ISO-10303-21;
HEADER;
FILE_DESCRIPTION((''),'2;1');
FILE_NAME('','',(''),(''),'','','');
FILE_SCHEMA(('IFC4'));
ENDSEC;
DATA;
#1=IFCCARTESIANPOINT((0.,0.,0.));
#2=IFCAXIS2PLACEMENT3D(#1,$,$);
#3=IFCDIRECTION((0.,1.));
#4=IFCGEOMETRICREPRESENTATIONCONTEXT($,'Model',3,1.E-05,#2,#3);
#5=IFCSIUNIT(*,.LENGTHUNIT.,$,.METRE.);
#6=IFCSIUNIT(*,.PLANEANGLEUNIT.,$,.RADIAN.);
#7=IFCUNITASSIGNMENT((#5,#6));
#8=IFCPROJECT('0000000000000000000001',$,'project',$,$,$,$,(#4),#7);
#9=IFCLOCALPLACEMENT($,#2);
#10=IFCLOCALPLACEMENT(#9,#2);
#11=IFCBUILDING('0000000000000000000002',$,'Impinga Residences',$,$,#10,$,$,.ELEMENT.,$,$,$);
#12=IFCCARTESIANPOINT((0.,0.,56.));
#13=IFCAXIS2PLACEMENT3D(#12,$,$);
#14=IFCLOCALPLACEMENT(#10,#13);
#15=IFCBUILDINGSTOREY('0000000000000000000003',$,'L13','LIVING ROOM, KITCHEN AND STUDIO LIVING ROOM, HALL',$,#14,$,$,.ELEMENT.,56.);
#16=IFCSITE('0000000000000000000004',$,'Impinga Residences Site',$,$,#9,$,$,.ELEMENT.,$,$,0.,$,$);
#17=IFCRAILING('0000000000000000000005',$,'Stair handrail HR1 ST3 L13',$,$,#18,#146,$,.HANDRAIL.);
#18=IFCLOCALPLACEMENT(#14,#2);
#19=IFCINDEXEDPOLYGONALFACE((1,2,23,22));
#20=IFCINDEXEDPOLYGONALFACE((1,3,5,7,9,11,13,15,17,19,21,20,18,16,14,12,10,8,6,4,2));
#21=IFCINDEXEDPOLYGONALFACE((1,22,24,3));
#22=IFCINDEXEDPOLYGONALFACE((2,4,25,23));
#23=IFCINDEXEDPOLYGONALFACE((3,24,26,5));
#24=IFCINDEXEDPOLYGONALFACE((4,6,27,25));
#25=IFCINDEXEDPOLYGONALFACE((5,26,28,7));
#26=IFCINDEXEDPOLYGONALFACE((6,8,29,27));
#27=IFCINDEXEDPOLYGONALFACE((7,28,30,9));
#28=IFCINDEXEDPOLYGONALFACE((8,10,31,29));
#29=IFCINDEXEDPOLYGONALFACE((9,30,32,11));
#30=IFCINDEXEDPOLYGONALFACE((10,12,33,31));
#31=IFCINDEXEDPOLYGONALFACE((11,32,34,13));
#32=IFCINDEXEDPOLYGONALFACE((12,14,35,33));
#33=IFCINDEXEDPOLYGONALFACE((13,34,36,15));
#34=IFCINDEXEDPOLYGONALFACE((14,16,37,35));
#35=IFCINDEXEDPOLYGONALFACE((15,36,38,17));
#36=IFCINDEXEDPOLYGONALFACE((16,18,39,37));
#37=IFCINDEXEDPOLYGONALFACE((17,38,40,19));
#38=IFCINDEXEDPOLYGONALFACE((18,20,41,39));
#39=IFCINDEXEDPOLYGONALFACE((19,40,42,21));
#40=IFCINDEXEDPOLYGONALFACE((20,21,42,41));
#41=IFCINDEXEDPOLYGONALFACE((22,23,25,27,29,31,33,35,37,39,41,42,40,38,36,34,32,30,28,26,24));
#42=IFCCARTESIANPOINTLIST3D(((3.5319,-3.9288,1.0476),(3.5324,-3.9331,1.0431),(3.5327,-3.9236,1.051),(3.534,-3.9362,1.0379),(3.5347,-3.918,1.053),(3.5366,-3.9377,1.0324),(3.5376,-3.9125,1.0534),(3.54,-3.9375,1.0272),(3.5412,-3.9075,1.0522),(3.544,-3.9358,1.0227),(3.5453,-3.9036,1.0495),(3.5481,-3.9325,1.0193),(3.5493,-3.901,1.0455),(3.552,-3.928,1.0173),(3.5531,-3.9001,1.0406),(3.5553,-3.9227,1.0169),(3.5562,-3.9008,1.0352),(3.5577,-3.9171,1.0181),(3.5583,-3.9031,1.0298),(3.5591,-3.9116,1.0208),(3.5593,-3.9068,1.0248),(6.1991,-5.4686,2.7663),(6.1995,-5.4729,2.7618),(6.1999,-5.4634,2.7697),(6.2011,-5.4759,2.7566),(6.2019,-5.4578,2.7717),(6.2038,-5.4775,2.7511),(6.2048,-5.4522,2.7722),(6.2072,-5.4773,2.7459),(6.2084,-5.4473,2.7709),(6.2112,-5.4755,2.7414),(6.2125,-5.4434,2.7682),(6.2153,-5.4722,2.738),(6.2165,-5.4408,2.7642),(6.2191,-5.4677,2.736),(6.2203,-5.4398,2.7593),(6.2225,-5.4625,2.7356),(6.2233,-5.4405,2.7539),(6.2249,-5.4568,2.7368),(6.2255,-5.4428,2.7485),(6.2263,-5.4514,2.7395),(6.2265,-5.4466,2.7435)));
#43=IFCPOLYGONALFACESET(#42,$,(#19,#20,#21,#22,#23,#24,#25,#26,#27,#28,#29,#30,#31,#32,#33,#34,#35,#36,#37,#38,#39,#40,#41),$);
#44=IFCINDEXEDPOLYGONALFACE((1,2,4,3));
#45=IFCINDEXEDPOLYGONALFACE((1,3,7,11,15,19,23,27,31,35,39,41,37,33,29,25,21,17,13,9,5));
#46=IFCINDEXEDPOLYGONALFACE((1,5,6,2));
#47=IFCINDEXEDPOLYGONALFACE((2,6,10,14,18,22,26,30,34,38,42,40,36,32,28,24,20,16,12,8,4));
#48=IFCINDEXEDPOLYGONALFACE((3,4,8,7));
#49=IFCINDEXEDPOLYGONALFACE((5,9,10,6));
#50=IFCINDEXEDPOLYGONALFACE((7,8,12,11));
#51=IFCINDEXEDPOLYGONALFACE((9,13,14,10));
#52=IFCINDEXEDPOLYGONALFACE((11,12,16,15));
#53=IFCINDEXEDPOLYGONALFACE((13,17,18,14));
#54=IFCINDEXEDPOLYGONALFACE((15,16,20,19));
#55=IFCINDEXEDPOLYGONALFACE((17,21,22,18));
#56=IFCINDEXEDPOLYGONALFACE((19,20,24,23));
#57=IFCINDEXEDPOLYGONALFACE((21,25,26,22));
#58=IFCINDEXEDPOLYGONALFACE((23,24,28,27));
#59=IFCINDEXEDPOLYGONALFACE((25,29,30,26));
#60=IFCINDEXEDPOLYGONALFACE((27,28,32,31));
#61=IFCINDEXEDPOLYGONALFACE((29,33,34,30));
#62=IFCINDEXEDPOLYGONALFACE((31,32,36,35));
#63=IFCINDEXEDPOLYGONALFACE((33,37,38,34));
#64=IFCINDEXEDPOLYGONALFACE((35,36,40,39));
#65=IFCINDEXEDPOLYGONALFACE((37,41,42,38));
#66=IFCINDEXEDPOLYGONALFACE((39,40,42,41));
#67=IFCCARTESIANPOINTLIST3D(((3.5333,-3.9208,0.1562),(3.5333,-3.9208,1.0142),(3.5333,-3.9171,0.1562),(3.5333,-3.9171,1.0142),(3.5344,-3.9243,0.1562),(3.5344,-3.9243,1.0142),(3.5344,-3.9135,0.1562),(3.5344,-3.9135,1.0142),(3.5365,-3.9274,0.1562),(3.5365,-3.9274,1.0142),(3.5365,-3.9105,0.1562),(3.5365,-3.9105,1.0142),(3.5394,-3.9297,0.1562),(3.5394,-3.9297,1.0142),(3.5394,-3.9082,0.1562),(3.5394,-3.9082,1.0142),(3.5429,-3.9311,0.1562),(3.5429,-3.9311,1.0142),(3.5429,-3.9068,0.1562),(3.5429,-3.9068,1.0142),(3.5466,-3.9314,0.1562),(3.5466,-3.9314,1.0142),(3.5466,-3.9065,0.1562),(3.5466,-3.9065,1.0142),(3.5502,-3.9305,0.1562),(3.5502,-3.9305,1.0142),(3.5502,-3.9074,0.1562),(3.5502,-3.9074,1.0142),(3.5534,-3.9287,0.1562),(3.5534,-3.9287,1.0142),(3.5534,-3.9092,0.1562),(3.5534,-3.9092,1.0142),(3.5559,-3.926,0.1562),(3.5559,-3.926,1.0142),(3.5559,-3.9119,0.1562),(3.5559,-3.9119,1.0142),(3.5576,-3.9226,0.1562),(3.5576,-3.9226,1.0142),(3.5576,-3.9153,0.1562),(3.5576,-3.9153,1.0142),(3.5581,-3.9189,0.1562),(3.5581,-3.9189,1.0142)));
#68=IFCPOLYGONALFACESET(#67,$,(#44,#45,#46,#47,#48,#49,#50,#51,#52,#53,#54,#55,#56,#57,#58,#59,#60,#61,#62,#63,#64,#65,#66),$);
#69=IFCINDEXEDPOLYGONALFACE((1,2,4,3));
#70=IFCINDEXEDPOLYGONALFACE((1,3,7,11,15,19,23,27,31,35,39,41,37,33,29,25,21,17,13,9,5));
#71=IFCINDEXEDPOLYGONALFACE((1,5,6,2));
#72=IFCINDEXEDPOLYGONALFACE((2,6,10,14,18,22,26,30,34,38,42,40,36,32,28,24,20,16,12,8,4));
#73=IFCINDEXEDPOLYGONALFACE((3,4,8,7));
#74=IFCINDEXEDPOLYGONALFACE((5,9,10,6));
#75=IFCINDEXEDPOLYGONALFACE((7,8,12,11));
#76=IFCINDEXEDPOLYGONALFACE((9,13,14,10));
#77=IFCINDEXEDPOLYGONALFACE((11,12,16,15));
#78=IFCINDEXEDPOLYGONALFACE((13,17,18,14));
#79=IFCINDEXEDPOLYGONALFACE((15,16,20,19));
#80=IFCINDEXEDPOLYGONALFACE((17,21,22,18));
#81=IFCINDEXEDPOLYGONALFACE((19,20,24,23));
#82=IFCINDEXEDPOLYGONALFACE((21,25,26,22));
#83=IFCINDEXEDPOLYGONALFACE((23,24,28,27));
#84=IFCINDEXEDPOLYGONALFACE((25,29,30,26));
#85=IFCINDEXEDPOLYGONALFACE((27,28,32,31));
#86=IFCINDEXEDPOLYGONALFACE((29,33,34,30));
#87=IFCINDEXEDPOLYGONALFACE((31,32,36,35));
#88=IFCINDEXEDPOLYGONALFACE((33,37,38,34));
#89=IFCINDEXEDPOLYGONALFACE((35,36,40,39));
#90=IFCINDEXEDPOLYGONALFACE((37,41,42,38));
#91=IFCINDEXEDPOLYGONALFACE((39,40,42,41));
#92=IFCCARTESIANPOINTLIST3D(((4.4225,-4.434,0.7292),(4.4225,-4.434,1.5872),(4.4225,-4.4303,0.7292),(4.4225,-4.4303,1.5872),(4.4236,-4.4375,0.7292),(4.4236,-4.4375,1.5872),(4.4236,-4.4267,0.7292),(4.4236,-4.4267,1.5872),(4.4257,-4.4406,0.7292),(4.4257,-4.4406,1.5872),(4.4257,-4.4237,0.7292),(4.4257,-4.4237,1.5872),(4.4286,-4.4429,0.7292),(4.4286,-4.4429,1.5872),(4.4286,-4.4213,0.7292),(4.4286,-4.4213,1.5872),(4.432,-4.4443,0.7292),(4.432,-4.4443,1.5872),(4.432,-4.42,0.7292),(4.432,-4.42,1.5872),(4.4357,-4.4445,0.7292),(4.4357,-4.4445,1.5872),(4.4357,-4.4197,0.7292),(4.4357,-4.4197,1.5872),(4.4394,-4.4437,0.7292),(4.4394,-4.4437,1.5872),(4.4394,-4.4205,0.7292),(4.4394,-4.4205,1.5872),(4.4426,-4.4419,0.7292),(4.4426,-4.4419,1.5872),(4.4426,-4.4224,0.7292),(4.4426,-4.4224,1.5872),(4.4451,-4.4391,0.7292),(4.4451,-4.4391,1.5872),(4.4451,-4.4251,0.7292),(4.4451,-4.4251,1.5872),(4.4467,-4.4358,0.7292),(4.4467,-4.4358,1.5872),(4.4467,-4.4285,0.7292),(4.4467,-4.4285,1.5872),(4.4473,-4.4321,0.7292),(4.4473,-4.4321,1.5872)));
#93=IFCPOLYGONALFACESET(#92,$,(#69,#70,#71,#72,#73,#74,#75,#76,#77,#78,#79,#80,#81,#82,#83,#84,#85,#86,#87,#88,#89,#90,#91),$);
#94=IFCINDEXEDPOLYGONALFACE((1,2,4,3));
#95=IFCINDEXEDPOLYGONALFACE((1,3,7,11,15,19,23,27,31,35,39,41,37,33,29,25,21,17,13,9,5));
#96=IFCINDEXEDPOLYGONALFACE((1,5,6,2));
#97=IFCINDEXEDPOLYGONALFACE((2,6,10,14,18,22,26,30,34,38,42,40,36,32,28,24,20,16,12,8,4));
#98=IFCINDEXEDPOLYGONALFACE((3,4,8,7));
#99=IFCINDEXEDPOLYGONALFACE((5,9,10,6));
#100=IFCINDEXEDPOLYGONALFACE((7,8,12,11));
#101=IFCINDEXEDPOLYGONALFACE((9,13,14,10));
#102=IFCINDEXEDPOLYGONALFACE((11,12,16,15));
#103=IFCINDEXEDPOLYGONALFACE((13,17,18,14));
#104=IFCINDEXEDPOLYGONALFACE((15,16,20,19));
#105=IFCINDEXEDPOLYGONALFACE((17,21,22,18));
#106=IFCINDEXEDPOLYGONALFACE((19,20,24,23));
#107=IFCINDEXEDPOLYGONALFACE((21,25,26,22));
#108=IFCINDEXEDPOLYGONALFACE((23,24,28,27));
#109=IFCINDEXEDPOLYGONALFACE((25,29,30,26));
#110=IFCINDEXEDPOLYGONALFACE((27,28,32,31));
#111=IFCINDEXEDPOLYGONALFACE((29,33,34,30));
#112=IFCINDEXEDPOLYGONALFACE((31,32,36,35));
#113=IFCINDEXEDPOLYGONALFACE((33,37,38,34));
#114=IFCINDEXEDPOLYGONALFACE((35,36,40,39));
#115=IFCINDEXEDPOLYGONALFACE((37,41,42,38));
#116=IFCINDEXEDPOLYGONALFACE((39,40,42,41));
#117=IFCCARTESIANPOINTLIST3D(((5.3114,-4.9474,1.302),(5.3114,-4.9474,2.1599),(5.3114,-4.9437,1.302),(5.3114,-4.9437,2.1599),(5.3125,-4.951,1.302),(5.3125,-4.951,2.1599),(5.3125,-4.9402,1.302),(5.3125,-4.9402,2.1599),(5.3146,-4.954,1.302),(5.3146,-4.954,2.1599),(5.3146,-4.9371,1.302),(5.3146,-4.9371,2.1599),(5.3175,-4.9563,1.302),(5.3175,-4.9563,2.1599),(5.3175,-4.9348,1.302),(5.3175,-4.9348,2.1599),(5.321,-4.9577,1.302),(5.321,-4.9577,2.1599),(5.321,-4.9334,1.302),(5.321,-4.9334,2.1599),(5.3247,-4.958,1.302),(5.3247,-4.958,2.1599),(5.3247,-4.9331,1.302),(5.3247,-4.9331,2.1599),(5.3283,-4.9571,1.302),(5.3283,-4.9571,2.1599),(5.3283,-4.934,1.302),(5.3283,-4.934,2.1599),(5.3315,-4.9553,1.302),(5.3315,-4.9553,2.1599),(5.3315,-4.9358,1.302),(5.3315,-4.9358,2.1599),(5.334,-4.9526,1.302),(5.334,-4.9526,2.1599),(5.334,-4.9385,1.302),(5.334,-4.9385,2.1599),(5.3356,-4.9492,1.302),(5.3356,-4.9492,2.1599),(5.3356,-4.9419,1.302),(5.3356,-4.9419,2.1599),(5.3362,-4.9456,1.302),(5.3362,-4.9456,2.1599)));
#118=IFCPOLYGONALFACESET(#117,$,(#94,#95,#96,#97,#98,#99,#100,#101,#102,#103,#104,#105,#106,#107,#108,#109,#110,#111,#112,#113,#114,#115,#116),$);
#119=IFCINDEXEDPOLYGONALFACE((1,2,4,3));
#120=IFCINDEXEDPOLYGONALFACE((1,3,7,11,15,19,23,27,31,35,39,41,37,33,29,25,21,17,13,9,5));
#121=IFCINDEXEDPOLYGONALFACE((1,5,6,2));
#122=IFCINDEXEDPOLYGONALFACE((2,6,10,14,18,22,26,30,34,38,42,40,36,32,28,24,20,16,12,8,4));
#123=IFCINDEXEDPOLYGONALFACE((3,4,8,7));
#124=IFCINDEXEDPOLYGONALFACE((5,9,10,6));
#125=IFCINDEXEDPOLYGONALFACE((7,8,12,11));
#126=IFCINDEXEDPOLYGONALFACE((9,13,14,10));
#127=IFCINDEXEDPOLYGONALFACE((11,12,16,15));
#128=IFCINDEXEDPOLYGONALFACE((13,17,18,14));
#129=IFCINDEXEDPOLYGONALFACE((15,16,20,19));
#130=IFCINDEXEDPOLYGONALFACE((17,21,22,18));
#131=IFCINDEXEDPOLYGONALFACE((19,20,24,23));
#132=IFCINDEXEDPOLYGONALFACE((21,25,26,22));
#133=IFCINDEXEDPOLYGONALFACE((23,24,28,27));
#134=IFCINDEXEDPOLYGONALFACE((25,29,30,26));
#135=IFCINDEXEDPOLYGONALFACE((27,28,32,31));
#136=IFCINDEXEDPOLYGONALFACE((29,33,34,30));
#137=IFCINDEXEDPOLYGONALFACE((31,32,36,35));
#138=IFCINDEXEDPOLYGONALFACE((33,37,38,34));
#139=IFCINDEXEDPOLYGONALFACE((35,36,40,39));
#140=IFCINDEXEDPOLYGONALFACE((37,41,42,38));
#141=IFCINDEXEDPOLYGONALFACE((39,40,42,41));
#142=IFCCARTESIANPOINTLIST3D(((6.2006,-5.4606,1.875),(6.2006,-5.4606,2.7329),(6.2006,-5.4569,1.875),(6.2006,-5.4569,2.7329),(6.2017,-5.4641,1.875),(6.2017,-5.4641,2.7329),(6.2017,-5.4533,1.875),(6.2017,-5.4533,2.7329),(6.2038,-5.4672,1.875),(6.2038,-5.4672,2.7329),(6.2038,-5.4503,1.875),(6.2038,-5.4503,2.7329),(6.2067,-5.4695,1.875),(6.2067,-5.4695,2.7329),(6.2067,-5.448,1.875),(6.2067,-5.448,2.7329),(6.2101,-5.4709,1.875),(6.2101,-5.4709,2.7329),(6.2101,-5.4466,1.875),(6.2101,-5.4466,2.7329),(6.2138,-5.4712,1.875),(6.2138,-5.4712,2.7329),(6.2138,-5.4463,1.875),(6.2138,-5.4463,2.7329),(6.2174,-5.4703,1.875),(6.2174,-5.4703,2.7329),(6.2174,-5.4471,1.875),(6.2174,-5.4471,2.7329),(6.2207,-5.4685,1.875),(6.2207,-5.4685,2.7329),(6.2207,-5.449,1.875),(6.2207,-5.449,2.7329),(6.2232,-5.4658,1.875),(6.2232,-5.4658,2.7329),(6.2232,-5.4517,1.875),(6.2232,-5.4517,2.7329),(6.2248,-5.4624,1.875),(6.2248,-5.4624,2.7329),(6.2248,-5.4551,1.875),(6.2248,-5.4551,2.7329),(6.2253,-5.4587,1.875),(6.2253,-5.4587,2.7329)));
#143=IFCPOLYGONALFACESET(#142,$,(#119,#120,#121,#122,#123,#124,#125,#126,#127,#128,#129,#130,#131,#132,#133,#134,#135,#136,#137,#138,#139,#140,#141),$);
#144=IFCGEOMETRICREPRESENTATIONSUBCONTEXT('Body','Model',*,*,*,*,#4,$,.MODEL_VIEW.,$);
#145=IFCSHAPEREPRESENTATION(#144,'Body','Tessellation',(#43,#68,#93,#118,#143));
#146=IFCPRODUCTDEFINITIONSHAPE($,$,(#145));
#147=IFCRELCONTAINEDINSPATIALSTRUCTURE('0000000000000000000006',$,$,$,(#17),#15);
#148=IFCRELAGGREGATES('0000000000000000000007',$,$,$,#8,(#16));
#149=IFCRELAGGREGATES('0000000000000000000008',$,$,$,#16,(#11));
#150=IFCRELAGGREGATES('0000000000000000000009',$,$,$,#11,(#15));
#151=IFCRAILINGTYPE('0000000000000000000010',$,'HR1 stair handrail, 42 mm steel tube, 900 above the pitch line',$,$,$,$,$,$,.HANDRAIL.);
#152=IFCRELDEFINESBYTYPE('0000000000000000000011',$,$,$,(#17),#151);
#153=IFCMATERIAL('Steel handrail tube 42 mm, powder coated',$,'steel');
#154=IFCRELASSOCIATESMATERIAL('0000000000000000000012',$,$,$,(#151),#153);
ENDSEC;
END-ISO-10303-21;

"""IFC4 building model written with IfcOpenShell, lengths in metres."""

from ifc_helpers import new_model, si_unit, direction, frame, origin, origin_2d, place, context, subcontext, project, spatial, circle, extrude, material, type_object, element, save


model = new_model("IFC4")

# Units and contexts
model_context = context("Model", 3, precision=1e-05, world=origin(), true_north=direction((0.0, 1.0)))
body_context = subcontext(model_context, "Body", "Model", "MODEL_VIEW")
ifc_project = project(units=[si_unit("LENGTHUNIT", "METRE"), si_unit("PLANEANGLEUNIT", "RADIAN")], contexts=[model_context])

# Site, building, storey
site_placement = place(None, origin())
site = spatial("IfcSite", under=ifc_project, at=site_placement, Name="Impinga Residences Site", CompositionType="ELEMENT", RefElevation=0.0)
building_placement = place(site_placement, origin())
building = spatial("IfcBuilding", under=site, at=building_placement, Name="Impinga Residences", CompositionType="ELEMENT")
storey_placement = place(building_placement, frame((0.0, 0.0, 56.0)))
storey = spatial("IfcBuildingStorey", under=building, at=storey_placement, Name="L13", Description="LIVING ROOM, KITCHEN AND STUDIO LIVING ROOM, HALL", CompositionType="ELEMENT", Elevation=56.0)

# Railing
ifc_material_1 = material(Name="Steel handrail tube 42 mm, powder coated", Category="steel")
railing_type = type_object("IfcRailingType", Name="HR1 stair handrail, 42 mm steel tube, 900 above the pitch line", PredefinedType="HANDRAIL", material=ifc_material_1)
railing_placement = place(storey_placement, frame((3.5457, -3.9189, 0.1562)))
element("IfcRailing", 1, at=railing_placement, inside=storey, type_object=railing_type, Name="Stair handrail HR1 ST3 L13", PredefinedType="HANDRAIL", context=body_context, shape_type="SweptSolid", body=[
    extrude(circle(Radius=0.021, at=origin_2d()), frame((0.0, 0.0, 0.8789), z_axis=(0.756249, -0.436582, 0.487322), x_axis=(0.499967, 0.866044, 0.0)), (0.0, 0.0, 1.0), 3.5269),
    extrude(circle(Radius=0.0125, at=origin_2d()), origin(), (0.0, 0.0, 1.0), 0.8579),
    extrude(circle(Radius=0.0125, at=origin_2d()), frame((0.8892, -0.5132, 0.573)), (0.0, 0.0, 1.0), 0.8579),
    extrude(circle(Radius=0.0125, at=origin_2d()), frame((1.7781, -1.0266, 1.1458)), (0.0, 0.0, 1.0), 0.8579),
    extrude(circle(Radius=0.0125, at=origin_2d()), frame((2.6672, -1.5398, 1.7188)), (0.0, 0.0, 1.0), 0.8579),
])

save(model, "model.ifc")
